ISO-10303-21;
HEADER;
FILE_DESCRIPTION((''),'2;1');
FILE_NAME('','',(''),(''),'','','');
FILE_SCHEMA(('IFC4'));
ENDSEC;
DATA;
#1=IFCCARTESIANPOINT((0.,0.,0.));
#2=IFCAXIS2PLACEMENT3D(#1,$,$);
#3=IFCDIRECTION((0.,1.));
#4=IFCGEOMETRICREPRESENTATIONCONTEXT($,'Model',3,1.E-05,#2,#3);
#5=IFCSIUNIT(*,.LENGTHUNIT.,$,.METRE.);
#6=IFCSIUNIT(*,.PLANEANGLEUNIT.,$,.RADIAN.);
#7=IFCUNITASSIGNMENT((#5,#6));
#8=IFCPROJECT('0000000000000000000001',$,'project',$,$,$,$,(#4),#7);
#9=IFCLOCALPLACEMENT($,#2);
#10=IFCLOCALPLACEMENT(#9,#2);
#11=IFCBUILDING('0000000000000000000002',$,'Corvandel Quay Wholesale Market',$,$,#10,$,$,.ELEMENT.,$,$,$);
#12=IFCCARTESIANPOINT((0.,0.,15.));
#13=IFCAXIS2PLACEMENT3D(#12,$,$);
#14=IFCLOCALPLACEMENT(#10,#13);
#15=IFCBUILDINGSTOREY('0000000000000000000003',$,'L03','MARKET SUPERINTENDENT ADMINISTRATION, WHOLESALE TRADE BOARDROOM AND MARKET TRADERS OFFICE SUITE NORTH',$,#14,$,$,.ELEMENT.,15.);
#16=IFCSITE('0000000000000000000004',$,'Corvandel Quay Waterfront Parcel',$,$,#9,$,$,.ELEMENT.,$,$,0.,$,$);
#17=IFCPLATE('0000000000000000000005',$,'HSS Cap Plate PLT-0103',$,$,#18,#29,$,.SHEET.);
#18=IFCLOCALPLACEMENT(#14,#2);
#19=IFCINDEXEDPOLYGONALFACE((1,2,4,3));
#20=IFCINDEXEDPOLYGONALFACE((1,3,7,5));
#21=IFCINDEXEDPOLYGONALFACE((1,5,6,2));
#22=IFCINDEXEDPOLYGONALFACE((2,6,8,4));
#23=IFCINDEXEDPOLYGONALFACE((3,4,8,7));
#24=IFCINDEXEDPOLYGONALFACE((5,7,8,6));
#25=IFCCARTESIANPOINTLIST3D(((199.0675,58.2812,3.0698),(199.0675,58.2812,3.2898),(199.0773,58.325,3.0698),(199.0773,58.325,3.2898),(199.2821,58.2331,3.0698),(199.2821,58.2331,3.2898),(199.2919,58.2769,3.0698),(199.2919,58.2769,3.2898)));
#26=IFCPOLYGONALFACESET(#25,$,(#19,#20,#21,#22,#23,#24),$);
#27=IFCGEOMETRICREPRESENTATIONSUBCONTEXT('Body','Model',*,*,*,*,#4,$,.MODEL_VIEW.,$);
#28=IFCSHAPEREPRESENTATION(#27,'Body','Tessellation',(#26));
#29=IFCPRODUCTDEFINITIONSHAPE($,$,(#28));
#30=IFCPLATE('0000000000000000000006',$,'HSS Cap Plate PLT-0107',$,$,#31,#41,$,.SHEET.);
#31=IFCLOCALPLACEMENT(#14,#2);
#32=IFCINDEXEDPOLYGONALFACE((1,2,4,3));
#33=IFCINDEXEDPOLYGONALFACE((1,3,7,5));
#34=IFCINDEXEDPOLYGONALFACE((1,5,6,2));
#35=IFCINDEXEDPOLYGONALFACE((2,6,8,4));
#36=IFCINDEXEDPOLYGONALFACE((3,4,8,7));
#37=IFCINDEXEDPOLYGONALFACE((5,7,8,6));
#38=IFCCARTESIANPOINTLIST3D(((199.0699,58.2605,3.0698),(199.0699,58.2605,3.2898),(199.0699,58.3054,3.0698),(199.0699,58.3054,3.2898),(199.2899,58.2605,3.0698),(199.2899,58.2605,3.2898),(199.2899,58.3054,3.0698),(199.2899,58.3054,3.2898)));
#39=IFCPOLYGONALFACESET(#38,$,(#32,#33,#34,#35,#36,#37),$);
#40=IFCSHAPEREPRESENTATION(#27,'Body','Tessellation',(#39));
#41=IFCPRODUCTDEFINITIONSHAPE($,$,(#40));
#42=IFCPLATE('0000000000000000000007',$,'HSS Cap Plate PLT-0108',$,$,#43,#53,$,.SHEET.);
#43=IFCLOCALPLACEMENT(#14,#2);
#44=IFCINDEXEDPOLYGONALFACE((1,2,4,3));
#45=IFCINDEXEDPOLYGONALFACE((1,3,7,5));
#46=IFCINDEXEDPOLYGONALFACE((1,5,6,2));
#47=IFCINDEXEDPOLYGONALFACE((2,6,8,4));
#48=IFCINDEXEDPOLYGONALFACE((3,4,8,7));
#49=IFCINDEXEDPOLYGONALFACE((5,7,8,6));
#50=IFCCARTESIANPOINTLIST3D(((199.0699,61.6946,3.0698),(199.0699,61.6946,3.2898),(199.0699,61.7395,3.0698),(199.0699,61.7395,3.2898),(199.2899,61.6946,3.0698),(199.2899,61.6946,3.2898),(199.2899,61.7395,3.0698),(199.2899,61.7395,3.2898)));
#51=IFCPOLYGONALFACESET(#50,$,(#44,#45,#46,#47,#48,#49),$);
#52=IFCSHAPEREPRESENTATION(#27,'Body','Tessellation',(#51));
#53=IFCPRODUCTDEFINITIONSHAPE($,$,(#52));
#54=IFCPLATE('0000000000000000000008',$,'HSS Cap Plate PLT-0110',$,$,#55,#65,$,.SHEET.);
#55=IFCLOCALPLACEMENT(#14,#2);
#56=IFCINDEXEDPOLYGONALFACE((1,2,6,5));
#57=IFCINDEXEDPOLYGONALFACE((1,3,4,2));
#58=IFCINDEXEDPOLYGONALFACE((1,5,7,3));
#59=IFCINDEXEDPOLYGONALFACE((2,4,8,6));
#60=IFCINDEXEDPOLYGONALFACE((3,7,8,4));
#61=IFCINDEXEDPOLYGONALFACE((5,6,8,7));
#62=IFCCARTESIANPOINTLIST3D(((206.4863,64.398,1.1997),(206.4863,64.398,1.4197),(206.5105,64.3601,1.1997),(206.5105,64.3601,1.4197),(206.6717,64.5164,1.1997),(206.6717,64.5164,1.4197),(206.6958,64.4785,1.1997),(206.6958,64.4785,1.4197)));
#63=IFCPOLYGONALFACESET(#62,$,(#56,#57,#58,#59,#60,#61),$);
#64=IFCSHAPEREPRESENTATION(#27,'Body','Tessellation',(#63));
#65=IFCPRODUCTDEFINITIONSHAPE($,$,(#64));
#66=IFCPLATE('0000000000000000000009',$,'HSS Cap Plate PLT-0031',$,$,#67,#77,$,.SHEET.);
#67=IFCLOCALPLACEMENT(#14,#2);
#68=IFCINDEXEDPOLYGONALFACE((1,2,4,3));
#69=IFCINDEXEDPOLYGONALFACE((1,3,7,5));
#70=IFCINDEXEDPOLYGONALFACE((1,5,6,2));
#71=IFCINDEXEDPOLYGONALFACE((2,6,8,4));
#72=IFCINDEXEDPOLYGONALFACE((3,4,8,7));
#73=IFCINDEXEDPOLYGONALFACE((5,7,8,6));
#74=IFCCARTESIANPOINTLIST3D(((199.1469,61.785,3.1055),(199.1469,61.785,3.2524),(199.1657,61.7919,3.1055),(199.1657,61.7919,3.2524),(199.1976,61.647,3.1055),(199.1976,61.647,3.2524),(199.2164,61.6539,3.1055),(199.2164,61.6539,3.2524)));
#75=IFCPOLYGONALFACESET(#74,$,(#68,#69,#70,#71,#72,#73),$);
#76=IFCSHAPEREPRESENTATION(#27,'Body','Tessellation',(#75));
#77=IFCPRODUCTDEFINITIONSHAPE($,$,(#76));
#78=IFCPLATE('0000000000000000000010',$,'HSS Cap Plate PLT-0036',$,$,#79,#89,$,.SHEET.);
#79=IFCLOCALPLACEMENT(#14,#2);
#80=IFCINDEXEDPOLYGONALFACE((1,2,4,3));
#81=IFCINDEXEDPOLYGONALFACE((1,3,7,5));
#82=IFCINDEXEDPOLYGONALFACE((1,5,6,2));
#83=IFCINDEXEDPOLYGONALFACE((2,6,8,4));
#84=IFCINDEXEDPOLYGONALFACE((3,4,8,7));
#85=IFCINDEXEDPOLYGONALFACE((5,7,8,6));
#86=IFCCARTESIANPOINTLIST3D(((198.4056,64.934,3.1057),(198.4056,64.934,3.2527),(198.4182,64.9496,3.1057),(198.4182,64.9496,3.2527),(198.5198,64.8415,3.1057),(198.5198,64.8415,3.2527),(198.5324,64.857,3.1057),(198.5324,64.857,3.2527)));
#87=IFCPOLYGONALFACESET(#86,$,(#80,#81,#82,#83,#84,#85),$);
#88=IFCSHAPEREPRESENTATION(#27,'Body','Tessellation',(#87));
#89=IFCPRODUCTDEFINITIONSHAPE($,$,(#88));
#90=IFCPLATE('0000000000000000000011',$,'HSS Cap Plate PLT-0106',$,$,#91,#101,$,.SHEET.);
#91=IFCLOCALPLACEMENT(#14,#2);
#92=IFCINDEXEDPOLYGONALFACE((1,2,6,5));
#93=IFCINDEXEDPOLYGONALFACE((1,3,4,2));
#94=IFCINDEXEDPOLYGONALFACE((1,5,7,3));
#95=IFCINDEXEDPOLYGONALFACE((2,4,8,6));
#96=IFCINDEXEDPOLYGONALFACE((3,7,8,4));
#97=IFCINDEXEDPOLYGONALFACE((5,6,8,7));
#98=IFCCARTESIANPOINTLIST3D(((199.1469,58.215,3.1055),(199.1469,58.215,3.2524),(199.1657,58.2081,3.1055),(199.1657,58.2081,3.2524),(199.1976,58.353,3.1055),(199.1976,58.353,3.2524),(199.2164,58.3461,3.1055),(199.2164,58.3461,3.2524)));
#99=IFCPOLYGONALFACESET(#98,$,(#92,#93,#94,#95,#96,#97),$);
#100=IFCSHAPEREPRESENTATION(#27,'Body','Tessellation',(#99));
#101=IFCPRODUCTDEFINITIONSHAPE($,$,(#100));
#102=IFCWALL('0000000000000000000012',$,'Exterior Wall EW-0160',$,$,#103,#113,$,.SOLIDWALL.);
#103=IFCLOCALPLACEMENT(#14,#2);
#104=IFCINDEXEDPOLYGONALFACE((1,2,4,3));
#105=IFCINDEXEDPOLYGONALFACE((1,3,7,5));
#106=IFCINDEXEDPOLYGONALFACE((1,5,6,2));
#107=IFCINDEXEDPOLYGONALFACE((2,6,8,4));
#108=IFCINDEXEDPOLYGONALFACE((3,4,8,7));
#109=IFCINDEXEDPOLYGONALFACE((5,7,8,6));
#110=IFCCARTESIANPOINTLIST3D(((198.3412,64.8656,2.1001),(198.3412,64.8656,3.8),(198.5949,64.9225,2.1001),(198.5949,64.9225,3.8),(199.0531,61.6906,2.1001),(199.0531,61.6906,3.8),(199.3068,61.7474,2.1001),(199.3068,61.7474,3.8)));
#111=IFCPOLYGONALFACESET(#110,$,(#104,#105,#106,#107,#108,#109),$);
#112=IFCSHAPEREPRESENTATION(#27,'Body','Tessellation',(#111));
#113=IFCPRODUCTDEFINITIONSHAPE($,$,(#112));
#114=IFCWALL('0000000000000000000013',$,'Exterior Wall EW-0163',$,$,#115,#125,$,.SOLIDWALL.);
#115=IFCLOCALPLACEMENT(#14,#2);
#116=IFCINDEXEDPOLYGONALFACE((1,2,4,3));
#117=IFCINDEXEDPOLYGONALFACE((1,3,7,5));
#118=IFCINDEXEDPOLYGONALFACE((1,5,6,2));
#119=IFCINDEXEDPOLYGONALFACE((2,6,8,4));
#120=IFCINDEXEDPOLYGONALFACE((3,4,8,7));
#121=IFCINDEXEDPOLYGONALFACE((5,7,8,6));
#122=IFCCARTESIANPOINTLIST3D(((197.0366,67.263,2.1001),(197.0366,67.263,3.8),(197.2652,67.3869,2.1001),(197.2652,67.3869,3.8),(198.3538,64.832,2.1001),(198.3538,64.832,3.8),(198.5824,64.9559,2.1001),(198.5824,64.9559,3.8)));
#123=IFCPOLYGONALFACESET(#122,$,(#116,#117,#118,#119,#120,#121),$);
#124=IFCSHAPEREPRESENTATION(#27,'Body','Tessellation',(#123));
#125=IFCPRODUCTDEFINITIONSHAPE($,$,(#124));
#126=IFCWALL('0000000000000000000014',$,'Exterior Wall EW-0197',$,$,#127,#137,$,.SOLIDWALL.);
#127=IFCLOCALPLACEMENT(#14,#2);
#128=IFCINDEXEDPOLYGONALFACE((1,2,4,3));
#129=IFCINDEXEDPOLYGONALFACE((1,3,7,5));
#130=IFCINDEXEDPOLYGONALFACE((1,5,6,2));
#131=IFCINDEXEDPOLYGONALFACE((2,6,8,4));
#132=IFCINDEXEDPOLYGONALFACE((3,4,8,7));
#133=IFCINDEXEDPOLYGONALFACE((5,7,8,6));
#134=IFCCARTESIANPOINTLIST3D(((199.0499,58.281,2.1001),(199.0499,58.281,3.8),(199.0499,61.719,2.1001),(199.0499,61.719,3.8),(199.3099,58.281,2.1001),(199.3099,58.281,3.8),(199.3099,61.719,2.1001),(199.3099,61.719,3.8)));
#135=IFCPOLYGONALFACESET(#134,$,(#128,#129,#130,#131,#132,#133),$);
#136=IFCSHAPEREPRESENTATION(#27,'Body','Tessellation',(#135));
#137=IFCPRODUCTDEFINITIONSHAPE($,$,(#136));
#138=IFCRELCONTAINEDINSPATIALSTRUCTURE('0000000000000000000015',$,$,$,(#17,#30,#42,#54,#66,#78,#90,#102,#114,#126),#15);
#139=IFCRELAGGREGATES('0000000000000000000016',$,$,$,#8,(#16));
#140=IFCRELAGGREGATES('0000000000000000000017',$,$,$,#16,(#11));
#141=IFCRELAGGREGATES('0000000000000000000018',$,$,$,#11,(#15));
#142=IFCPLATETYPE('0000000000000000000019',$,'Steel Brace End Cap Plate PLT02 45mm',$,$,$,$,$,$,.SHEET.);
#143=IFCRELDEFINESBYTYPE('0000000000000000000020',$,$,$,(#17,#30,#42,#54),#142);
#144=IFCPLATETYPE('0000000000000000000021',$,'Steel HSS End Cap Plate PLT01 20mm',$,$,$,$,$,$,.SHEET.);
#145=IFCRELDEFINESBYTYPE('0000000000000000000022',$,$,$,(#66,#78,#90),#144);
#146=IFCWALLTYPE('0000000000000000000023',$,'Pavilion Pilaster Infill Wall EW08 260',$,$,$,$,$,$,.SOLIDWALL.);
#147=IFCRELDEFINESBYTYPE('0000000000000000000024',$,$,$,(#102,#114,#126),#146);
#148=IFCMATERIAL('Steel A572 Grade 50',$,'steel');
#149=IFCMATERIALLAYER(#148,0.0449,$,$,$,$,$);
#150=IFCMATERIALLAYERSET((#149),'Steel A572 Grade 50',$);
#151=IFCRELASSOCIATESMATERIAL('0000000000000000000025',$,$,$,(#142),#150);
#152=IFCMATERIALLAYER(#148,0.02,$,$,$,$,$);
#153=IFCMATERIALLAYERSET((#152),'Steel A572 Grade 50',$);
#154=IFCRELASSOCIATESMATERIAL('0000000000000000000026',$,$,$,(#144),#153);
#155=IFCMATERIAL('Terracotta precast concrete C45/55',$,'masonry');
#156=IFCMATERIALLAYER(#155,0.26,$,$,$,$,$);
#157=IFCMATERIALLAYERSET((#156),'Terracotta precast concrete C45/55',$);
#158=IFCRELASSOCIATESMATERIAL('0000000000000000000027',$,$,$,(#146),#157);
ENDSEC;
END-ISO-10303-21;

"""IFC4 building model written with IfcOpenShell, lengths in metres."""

from ifc_helpers import new_model, si_unit, direction, frame, frame_2d, origin, origin_2d, place, context, subcontext, project, spatial, rectangle, extrude, material, layer, layer_set, type_object, element, save


model = new_model("IFC4")

# Units and contexts
model_context = context("Model", 3, precision=1e-05, world=origin(), true_north=direction((0.0, 1.0)))
body_context = subcontext(model_context, "Body", "Model", "MODEL_VIEW")
ifc_project = project(units=[si_unit("LENGTHUNIT", "METRE"), si_unit("PLANEANGLEUNIT", "RADIAN")], contexts=[model_context])

# Site, building, storey
site_placement = place(None, origin())
site = spatial("IfcSite", under=ifc_project, at=site_placement, Name="Corvandel Quay Waterfront Parcel", CompositionType="ELEMENT", RefElevation=0.0)
building_placement = place(site_placement, origin())
building = spatial("IfcBuilding", under=site, at=building_placement, Name="Corvandel Quay Wholesale Market", CompositionType="ELEMENT")
storey_placement = place(building_placement, frame((0.0, 0.0, 15.0)))
storey = spatial("IfcBuildingStorey", under=building, at=storey_placement, Name="L03", Description="MARKET SUPERINTENDENT ADMINISTRATION, WHOLESALE TRADE BOARDROOM AND MARKET TRADERS OFFICE SUITE NORTH", CompositionType="ELEMENT", Elevation=15.0)

# Plates
ifc_material_1 = material(Name="Steel A572 Grade 50", Category="steel")
ifc_layer_1 = layer(ifc_material_1, 0.0449)
ifc_layer_set_1 = layer_set([ifc_layer_1], Name="Steel A572 Grade 50")
plate_type_1 = type_object("IfcPlateType", Name="Steel Brace End Cap Plate PLT02 45mm", PredefinedType="SHEET", material=ifc_layer_set_1)
for number, where, z_axis, x_axis, name in (
    (1, (199.1797, 58.2791, 3.0698), (0.0, 0.0, 1.0), (-0.975764, 0.218825, 0.0), "HSS Cap Plate PLT-0103"),
    (2, (199.1799, 58.283, 3.0698), (0.0, 0.0, 1.0), (1.0, 0.0, 0.0), "HSS Cap Plate PLT-0107"),
    (3, (199.1799, 61.717, 3.0698), (0.0, 0.0, 1.0), (1.0, 0.0, 0.0), "HSS Cap Plate PLT-0108"),
    (4, (206.5911, 64.4382, 1.1997), (0.0, 0.0, 1.0), (0.842734, 0.53833, 0.0), "HSS Cap Plate PLT-0110"),
):
    element("IfcPlate", number, at=place(storey_placement, frame(where, z_axis=z_axis, x_axis=x_axis)), inside=storey, type_object=plate_type_1, Name=name, PredefinedType="SHEET", context=body_context, shape_type="SweptSolid", body=[
        extrude(rectangle(XDim=0.22, YDim=0.0449, at=origin_2d()), origin(), (0.0, 0.0, 1.0), 0.22),
    ])
ifc_layer_2 = layer(ifc_material_1, 0.02)
ifc_layer_set_2 = layer_set([ifc_layer_2], Name="Steel A572 Grade 50")
plate_type_2 = type_object("IfcPlateType", Name="Steel HSS End Cap Plate PLT01 20mm", PredefinedType="SHEET", material=ifc_layer_set_2)
for number, where, z_axis, x_axis, name in (
    (5, (199.1816, 61.7195, 3.1055), (0.0, 0.0, 1.0), (-0.344643, 0.938734, 0.0), "HSS Cap Plate PLT-0031"),
    (6, (198.469, 64.8955, 3.1057), (0.0, 0.0, 1.0), (-0.776816, 0.629727, 0.0), "HSS Cap Plate PLT-0036"),
    (7, (199.1816, 58.2805, 3.1055), (0.0, 0.0, 1.0), (0.344643, 0.938734, 0.0), "HSS Cap Plate PLT-0106"),
):
    element("IfcPlate", number, at=place(storey_placement, frame(where, z_axis=z_axis, x_axis=x_axis)), inside=storey, type_object=plate_type_2, Name=name, PredefinedType="SHEET", context=body_context, shape_type="SweptSolid", body=[
        extrude(rectangle(XDim=0.147, YDim=0.02, at=origin_2d()), origin(), (0.0, 0.0, 1.0), 0.147),
    ])

# Walls
ifc_material_2 = material(Name="Terracotta precast concrete C45/55", Category="masonry")
ifc_layer_3 = layer(ifc_material_2, 0.26)
ifc_layer_set_3 = layer_set([ifc_layer_3], Name="Terracotta precast concrete C45/55")
wall_type = type_object("IfcWallType", Name="Pavilion Pilaster Infill Wall EW08 260", PredefinedType="SOLIDWALL", material=ifc_layer_set_3)
wall_1_placement = place(storey_placement, frame((199.1799, 61.719, 2.1001), z_axis=(0.0, 0.0, 1.0), x_axis=(-0.218789, 0.975772, 0.0)))
element("IfcWall", 8, at=wall_1_placement, inside=storey, type_object=wall_type, Name="Exterior Wall EW-0160", PredefinedType="SOLIDWALL", context=body_context, shape_type="SweptSolid", body=[
    extrude(rectangle(XDim=3.2539, YDim=0.26, at=frame_2d((1.627, 0.0))), origin(), (0.0, 0.0, 1.0), 1.7),
])
wall_2_placement = place(storey_placement, frame((198.468, 64.894, 2.1001), z_axis=(0.0, 0.0, 1.0), x_axis=(-0.476394, 0.879232, 0.0)))
element("IfcWall", 9, at=wall_2_placement, inside=storey, type_object=wall_type, Name="Exterior Wall EW-0163", PredefinedType="SOLIDWALL", context=body_context, shape_type="SweptSolid", body=[
    extrude(rectangle(XDim=2.7649, YDim=0.26, at=frame_2d((1.3823, 0.0))), origin(), (0.0, 0.0, 1.0), 1.7),
])
wall_3_placement = place(storey_placement, frame((199.1799, 58.281, 2.1001), z_axis=(0.0, 0.0, 1.0), x_axis=(0.0, 1.0, 0.0)))
element("IfcWall", 10, at=wall_3_placement, inside=storey, type_object=wall_type, Name="Exterior Wall EW-0197", PredefinedType="SOLIDWALL", context=body_context, shape_type="SweptSolid", body=[
    extrude(rectangle(XDim=3.438, YDim=0.26, at=frame_2d((1.719, 0.0))), origin(), (0.0, 0.0, 1.0), 1.7),
])

save(model, "model.ifc")
